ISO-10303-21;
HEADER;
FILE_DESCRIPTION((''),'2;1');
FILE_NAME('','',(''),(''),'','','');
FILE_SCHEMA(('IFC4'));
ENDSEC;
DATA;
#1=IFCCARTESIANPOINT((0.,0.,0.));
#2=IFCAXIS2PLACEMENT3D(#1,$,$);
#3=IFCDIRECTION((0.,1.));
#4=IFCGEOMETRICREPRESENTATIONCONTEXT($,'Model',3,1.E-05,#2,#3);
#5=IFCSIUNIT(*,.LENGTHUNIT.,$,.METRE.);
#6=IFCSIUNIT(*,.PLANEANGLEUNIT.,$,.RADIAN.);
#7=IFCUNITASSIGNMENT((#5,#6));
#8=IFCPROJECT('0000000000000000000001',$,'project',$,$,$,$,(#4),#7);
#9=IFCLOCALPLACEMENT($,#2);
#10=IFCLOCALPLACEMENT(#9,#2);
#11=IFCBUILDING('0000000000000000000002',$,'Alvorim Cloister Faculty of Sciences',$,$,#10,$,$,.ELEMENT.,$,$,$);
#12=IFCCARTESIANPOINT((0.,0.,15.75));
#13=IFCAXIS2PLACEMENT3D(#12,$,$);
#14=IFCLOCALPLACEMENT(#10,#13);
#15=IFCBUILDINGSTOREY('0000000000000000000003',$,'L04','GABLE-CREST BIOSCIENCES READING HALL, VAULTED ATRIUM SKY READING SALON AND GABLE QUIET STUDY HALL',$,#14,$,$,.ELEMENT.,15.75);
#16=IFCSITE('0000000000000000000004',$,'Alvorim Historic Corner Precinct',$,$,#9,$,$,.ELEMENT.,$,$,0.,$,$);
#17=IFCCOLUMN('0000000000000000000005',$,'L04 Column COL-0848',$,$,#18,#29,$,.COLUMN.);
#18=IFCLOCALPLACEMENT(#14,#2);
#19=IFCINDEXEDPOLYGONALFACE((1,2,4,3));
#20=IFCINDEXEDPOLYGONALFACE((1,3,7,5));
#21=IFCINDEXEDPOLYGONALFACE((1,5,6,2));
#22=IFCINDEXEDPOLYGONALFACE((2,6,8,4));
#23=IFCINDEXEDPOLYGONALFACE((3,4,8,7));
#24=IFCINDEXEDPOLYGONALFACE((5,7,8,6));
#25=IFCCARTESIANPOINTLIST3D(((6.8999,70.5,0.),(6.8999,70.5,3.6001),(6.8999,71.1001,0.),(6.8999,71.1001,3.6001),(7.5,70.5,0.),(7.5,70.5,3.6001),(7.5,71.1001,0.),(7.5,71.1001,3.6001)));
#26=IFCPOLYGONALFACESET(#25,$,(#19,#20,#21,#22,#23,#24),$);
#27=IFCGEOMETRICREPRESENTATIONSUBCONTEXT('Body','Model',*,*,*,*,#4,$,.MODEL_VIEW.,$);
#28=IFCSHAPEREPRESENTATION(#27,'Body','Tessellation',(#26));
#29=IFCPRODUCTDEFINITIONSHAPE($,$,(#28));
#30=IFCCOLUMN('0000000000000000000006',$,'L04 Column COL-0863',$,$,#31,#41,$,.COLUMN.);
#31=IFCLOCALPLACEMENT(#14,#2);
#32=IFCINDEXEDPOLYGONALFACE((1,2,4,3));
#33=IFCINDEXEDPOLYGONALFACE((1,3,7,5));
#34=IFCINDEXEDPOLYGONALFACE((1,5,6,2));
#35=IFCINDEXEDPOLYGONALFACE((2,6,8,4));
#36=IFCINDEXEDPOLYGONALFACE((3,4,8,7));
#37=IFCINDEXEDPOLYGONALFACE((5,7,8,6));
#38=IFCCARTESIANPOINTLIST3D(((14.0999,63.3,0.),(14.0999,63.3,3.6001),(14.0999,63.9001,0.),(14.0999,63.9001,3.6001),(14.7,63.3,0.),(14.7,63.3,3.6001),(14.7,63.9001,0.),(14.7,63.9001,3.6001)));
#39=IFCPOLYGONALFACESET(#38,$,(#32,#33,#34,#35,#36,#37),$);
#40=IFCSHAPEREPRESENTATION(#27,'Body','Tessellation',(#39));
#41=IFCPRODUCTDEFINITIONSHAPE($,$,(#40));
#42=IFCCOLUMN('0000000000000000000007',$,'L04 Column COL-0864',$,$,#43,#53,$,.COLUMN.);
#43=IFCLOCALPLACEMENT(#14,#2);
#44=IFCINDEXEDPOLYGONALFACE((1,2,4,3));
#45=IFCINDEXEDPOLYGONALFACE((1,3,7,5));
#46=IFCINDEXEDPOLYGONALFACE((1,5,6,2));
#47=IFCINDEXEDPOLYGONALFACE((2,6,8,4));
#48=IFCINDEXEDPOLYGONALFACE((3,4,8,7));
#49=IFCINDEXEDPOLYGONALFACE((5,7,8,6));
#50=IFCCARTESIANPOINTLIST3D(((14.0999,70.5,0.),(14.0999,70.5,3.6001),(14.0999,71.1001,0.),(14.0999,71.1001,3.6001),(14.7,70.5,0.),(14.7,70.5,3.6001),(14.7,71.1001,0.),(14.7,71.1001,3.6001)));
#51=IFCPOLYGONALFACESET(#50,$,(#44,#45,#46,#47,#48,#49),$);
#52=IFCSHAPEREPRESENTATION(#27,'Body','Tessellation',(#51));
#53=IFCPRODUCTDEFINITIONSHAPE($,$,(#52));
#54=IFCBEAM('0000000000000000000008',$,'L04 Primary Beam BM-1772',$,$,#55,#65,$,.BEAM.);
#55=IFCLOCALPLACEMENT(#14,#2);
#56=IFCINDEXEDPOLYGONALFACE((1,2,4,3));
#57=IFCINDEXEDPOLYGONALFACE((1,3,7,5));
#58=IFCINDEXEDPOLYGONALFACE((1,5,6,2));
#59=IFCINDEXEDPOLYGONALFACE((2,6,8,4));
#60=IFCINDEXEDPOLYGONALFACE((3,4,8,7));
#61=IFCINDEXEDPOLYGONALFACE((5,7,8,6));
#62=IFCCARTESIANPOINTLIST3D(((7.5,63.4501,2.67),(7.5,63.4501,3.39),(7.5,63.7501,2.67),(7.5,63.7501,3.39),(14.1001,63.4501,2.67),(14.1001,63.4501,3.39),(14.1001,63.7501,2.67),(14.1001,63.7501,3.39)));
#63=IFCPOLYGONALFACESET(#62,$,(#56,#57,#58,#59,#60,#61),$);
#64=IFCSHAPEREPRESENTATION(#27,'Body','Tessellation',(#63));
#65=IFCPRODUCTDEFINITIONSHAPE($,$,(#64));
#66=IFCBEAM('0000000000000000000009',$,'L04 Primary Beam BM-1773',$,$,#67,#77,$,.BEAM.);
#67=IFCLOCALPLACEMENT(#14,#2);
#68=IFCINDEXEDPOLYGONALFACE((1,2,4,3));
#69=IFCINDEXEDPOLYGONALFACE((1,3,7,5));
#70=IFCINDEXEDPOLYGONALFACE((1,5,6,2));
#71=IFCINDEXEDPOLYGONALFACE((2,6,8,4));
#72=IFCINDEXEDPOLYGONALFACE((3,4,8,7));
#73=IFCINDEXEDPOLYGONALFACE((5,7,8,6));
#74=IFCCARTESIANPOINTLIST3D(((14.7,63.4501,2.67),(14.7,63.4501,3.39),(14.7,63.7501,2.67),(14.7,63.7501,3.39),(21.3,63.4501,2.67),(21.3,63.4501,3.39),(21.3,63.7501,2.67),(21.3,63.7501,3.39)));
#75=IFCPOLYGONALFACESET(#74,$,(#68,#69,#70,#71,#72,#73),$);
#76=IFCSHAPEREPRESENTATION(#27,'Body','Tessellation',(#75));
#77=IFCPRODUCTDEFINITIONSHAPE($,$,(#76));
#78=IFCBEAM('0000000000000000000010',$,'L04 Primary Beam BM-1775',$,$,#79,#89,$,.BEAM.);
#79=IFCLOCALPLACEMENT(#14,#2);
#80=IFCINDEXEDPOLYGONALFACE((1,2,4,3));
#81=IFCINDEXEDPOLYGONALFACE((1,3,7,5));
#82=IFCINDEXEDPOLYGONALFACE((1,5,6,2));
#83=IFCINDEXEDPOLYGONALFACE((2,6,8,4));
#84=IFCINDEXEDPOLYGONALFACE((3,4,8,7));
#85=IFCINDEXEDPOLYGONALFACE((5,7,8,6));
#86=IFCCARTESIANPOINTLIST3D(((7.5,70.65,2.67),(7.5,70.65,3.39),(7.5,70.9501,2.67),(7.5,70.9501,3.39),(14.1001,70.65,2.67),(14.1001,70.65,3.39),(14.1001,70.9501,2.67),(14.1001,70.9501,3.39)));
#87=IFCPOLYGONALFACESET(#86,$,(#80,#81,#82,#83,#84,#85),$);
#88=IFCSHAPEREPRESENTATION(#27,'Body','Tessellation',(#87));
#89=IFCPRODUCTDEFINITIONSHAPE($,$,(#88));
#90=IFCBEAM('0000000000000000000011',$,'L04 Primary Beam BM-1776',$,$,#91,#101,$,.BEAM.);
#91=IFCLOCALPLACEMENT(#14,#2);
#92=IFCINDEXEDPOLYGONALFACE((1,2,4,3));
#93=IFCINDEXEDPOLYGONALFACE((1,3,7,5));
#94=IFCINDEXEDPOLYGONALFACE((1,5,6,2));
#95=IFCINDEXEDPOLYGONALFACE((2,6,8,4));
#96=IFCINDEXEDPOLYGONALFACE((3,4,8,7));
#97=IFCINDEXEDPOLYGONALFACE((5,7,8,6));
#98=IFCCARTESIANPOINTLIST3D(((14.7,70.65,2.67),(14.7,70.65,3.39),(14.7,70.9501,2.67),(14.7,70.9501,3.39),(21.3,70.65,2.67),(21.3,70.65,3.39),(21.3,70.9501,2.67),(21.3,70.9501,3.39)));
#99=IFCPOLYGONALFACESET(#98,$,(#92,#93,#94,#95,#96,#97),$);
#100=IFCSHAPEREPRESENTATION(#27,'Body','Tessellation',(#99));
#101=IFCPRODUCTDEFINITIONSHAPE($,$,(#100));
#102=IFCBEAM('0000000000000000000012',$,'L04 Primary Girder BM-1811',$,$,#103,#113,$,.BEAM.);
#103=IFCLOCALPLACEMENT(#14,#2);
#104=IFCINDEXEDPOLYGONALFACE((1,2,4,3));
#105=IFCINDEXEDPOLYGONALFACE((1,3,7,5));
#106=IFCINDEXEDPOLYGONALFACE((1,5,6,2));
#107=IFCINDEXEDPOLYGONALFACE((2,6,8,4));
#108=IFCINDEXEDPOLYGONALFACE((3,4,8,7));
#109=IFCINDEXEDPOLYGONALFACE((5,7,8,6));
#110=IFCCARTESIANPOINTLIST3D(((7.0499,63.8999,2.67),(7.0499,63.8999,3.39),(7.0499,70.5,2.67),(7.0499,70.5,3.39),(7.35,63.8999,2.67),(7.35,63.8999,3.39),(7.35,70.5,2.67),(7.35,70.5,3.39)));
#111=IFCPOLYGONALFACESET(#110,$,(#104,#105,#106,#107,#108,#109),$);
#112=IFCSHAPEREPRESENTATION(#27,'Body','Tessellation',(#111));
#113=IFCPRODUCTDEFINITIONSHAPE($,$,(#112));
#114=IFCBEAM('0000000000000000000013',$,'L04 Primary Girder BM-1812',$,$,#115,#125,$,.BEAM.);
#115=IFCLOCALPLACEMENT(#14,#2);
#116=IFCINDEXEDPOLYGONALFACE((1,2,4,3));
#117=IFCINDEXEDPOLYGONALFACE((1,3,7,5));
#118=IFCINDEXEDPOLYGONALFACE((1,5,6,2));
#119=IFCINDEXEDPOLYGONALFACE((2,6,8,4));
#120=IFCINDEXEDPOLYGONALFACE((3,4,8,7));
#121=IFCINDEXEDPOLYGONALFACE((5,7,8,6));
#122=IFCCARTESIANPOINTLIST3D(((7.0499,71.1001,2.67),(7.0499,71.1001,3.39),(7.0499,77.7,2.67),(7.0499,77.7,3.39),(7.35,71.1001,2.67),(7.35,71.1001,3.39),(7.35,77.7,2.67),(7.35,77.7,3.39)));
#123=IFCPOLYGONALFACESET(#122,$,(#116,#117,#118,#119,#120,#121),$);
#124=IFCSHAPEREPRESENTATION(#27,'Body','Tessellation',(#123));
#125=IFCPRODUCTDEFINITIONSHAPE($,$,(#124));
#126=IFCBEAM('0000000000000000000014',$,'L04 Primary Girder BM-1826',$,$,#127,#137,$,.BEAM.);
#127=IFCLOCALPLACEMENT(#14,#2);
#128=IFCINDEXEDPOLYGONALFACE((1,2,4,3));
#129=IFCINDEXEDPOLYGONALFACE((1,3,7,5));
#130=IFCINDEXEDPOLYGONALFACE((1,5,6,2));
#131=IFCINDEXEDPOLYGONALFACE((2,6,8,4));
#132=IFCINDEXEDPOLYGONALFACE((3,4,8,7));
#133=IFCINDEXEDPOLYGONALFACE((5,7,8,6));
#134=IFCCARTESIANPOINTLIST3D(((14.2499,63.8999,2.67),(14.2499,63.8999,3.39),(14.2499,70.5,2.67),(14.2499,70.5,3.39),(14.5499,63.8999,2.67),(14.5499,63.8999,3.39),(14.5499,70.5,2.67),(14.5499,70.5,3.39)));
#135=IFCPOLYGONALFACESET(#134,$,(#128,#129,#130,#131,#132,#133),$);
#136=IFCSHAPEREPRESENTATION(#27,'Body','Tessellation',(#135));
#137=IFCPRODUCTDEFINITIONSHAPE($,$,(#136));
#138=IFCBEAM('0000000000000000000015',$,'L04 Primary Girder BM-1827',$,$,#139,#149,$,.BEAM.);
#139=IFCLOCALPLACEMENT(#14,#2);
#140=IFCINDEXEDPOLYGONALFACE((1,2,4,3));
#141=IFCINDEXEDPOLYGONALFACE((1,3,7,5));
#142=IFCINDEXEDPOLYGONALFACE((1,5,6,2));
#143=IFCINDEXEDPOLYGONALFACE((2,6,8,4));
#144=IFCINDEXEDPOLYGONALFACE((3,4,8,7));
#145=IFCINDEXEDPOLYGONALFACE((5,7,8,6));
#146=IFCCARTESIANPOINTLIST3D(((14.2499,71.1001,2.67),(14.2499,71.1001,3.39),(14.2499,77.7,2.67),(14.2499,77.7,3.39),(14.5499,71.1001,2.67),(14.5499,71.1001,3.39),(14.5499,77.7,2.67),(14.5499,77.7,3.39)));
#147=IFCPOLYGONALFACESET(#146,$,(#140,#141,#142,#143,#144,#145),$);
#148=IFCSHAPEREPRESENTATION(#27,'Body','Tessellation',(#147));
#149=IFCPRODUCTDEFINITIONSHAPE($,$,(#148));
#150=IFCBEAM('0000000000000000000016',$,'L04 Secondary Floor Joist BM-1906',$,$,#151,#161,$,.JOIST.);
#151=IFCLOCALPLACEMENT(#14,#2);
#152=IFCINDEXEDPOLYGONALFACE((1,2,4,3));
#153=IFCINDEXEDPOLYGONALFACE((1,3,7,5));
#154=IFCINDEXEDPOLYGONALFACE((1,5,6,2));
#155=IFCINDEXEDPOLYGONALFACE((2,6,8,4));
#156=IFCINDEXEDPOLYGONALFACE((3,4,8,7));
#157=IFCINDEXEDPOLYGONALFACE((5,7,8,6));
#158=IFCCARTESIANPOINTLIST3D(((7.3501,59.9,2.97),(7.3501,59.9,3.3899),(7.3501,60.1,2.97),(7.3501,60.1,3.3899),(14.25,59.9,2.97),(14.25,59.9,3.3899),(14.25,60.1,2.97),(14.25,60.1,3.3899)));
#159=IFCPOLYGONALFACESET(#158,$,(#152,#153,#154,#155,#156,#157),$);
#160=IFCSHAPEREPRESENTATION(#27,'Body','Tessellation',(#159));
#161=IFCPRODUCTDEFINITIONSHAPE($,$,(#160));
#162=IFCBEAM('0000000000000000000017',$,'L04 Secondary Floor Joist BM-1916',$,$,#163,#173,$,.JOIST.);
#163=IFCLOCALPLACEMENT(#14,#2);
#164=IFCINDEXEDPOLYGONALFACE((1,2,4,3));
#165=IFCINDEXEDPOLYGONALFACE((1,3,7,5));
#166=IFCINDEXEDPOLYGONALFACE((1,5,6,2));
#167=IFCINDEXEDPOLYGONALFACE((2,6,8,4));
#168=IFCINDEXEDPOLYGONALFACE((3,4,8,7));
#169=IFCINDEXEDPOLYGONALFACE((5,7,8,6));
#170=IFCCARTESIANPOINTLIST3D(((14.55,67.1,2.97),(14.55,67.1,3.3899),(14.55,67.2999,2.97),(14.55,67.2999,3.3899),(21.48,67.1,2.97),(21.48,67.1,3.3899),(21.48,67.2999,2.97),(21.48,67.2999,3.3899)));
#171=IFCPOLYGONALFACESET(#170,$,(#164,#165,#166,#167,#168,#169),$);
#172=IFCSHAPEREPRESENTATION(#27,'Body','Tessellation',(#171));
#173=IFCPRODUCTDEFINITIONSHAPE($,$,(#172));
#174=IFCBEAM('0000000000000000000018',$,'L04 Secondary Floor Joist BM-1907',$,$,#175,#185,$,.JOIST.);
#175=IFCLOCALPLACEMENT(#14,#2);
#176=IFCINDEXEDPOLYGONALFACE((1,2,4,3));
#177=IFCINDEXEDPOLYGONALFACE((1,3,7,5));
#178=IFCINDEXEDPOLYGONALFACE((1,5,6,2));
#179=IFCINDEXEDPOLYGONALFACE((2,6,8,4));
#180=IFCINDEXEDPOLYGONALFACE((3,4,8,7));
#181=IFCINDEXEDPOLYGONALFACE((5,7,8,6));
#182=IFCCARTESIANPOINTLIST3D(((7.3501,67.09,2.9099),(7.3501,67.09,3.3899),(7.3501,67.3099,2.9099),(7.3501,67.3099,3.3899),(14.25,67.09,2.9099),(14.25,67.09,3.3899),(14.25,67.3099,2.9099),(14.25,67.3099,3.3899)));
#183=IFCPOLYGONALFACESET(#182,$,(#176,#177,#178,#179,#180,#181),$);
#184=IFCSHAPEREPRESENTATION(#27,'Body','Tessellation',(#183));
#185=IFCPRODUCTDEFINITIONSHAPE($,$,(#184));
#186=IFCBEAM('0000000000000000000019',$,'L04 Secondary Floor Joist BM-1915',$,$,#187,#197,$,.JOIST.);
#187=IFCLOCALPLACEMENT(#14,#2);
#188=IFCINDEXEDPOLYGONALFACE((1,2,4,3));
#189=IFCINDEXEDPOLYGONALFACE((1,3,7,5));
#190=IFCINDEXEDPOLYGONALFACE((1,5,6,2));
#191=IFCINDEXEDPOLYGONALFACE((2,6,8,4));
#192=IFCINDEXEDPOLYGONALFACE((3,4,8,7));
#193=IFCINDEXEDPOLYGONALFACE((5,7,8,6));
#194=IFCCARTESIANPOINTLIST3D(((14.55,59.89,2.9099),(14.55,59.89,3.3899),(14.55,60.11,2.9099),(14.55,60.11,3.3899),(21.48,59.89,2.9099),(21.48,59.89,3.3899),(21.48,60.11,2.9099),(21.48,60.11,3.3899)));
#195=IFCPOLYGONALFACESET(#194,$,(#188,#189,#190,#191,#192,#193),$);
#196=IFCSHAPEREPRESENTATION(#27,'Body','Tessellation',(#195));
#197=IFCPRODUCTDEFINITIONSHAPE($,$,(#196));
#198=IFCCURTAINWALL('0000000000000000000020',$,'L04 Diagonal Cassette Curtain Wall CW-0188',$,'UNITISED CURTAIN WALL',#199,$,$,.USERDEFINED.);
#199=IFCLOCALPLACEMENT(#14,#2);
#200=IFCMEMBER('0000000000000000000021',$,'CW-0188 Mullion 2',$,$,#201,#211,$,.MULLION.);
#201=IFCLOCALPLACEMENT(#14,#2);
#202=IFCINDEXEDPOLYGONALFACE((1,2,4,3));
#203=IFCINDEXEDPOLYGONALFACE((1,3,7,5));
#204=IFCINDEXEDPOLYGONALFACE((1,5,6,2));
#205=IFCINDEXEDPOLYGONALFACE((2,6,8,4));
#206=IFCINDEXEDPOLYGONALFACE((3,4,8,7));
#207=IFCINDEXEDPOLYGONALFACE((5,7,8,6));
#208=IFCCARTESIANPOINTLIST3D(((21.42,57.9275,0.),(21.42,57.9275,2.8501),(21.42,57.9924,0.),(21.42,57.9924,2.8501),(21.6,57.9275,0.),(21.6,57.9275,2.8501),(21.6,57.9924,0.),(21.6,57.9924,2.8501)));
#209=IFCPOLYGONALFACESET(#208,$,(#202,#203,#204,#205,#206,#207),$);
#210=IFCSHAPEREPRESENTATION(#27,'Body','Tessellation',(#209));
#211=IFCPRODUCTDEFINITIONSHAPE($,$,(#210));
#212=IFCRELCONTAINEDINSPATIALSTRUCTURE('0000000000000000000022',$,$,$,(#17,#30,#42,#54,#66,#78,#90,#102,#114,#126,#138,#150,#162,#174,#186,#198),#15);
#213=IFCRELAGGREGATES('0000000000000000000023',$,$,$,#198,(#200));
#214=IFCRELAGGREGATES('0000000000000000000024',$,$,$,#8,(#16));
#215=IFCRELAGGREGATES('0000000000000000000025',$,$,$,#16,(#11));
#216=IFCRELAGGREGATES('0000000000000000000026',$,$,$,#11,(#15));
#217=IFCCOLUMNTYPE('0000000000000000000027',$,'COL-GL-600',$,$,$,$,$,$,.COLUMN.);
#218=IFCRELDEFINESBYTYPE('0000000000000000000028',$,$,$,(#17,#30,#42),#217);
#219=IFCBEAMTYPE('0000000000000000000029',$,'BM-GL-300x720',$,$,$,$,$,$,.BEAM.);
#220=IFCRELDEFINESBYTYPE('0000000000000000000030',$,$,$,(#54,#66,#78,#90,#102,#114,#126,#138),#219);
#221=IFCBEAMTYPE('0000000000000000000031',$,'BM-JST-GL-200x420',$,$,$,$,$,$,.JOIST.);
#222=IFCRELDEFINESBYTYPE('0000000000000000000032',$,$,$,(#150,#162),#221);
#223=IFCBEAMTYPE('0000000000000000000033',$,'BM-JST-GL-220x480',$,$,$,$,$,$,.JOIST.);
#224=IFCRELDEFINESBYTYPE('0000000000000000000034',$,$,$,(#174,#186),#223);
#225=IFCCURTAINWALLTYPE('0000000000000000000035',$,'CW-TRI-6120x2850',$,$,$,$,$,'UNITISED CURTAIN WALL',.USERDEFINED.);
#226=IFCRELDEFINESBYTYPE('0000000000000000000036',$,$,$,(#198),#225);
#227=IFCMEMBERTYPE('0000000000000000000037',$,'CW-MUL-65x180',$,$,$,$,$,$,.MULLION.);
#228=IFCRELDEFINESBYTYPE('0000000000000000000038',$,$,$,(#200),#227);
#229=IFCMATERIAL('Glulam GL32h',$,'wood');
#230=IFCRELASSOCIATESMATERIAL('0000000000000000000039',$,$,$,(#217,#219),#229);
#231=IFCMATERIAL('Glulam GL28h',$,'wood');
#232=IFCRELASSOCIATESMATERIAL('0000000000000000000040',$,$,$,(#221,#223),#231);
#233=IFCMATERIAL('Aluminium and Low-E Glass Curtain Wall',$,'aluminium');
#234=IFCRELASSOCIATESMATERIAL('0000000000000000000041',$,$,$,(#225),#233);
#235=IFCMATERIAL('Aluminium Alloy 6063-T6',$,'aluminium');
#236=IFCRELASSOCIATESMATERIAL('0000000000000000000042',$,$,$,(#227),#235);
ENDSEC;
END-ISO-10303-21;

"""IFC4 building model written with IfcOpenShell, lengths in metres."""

from ifc_helpers import new_model, si_unit, direction, frame, origin, origin_2d, place, context, subcontext, project, spatial, rectangle, extrude, material, material_profile, profile_set, type_object, element, aggregate, save


model = new_model("IFC4")

# Units and contexts
model_context = context("Model", 3, precision=1e-05, world=origin(), true_north=direction((0.0, 1.0)))
body_context = subcontext(model_context, "Body", "Model", "MODEL_VIEW")
ifc_project = project(units=[si_unit("LENGTHUNIT", "METRE"), si_unit("PLANEANGLEUNIT", "RADIAN")], contexts=[model_context])

# Site, building, storey
site_placement = place(None, origin())
site = spatial("IfcSite", under=ifc_project, at=site_placement, Name="Alvorim Historic Corner Precinct", CompositionType="ELEMENT", RefElevation=0.0)
building_placement = place(site_placement, origin())
building = spatial("IfcBuilding", under=site, at=building_placement, Name="Alvorim Cloister Faculty of Sciences", CompositionType="ELEMENT")
storey_placement = place(building_placement, frame((0.0, 0.0, 15.75)))
storey = spatial("IfcBuildingStorey", under=building, at=storey_placement, Name="L04", Description="GABLE-CREST BIOSCIENCES READING HALL, VAULTED ATRIUM SKY READING SALON AND GABLE QUIET STUDY HALL", CompositionType="ELEMENT", Elevation=15.75)

# Columns
ifc_material_1 = material(Name="Glulam GL32h", Category="wood")
ifc_material_profile_1 = material_profile(ifc_material_1, rectangle(XDim=0.6001, YDim=0.6001, at=origin_2d()), Name="GL32-COL-600x600")
ifc_profile_set_1 = profile_set([ifc_material_profile_1], Name="Glulam GL32h")
column_type = type_object("IfcColumnType", Name="COL-GL-600", PredefinedType="COLUMN", material=ifc_profile_set_1)
for number, where, z_axis, x_axis, name in (
    (1, (7.2, 70.8, 0.0), (0.0, 0.0, 1.0), (1.0, 0.0, 0.0), "L04 Column COL-0848"),
    (2, (14.3999, 63.6001, 0.0), (0.0, 0.0, 1.0), (1.0, 0.0, 0.0), "L04 Column COL-0863"),
    (3, (14.3999, 70.8, 0.0), (0.0, 0.0, 1.0), (1.0, 0.0, 0.0), "L04 Column COL-0864"),
):
    element("IfcColumn", number, at=place(storey_placement, frame(where, z_axis=z_axis, x_axis=x_axis)), inside=storey, type_object=column_type, Name=name, PredefinedType="COLUMN", context=body_context, shape_type="SweptSolid", body=[
        extrude(rectangle(XDim=0.6001, YDim=0.6001, at=origin_2d()), origin(), (0.0, 0.0, 1.0), 3.6001),
    ])

# Beams
ifc_material_profile_2 = material_profile(ifc_material_1, rectangle(XDim=0.3, YDim=0.72, at=origin_2d()), Name="GL32-BM-300x720")
ifc_profile_set_2 = profile_set([ifc_material_profile_2], Name="Glulam GL32h")
beam_type_1 = type_object("IfcBeamType", Name="BM-GL-300x720", PredefinedType="BEAM", material=ifc_profile_set_2)
for number, where, z_axis, x_axis, name in (
    (4, (7.5, 63.6001, 3.03), (1.0, 0.0, 0.0), (0.0, 1.0, 0.0), "L04 Primary Beam BM-1772"),
    (5, (14.7, 63.6001, 3.03), (1.0, 0.0, 0.0), (0.0, 1.0, 0.0), "L04 Primary Beam BM-1773"),
    (6, (7.5, 70.8, 3.03), (1.0, 0.0, 0.0), (0.0, 1.0, 0.0), "L04 Primary Beam BM-1775"),
    (7, (14.7, 70.8, 3.03), (1.0, 0.0, 0.0), (0.0, 1.0, 0.0), "L04 Primary Beam BM-1776"),
    (8, (7.2, 63.8999, 3.03), (0.0, 1.0, 0.0), (-1.0, 0.0, 0.0), "L04 Primary Girder BM-1811"),
):
    element("IfcBeam", number, at=place(storey_placement, frame(where, z_axis=z_axis, x_axis=x_axis)), inside=storey, type_object=beam_type_1, Name=name, PredefinedType="BEAM", context=body_context, shape_type="SweptSolid", body=[
        extrude(rectangle(XDim=0.3, YDim=0.72, at=origin_2d()), origin(), (0.0, 0.0, 1.0), 6.6001),
    ])
beam_1_placement = place(storey_placement, frame((7.2, 71.1001, 3.03), z_axis=(0.0, 1.0, 0.0), x_axis=(-1.0, 0.0, 0.0)))
element("IfcBeam", 9, at=beam_1_placement, inside=storey, type_object=beam_type_1, Name="L04 Primary Girder BM-1812", PredefinedType="BEAM", context=body_context, shape_type="SweptSolid", body=[
    extrude(rectangle(XDim=0.3, YDim=0.72, at=origin_2d()), origin(), (0.0, 0.0, 1.0), 6.5999),
])
beam_2_placement = place(storey_placement, frame((14.3999, 63.8999, 3.03), z_axis=(0.0, 1.0, 0.0), x_axis=(-1.0, 0.0, 0.0)))
element("IfcBeam", 10, at=beam_2_placement, inside=storey, type_object=beam_type_1, Name="L04 Primary Girder BM-1826", PredefinedType="BEAM", context=body_context, shape_type="SweptSolid", body=[
    extrude(rectangle(XDim=0.3, YDim=0.72, at=origin_2d()), origin(), (0.0, 0.0, 1.0), 6.6001),
])
beam_3_placement = place(storey_placement, frame((14.3999, 71.1001, 3.03), z_axis=(0.0, 1.0, 0.0), x_axis=(-1.0, 0.0, 0.0)))
element("IfcBeam", 11, at=beam_3_placement, inside=storey, type_object=beam_type_1, Name="L04 Primary Girder BM-1827", PredefinedType="BEAM", context=body_context, shape_type="SweptSolid", body=[
    extrude(rectangle(XDim=0.3, YDim=0.72, at=origin_2d()), origin(), (0.0, 0.0, 1.0), 6.5999),
])
ifc_material_2 = material(Name="Glulam GL28h", Category="wood")
ifc_material_profile_3 = material_profile(ifc_material_2, rectangle(XDim=0.2, YDim=0.4199, at=origin_2d()), Name="GL28-JST-200x420")
ifc_profile_set_3 = profile_set([ifc_material_profile_3], Name="Glulam GL28h")
beam_type_2 = type_object("IfcBeamType", Name="BM-JST-GL-200x420", PredefinedType="JOIST", material=ifc_profile_set_3)
beam_4_placement = place(storey_placement, frame((7.3501, 60.0, 3.1799), z_axis=(1.0, 0.0, 0.0), x_axis=(0.0, 1.0, 0.0)))
element("IfcBeam", 12, at=beam_4_placement, inside=storey, type_object=beam_type_2, Name="L04 Secondary Floor Joist BM-1906", PredefinedType="JOIST", context=body_context, shape_type="SweptSolid", body=[
    extrude(rectangle(XDim=0.2, YDim=0.4199, at=origin_2d()), origin(), (0.0, 0.0, 1.0), 6.8999),
])
beam_5_placement = place(storey_placement, frame((14.55, 67.2, 3.1799), z_axis=(1.0, 0.0, 0.0), x_axis=(0.0, 1.0, 0.0)))
element("IfcBeam", 13, at=beam_5_placement, inside=storey, type_object=beam_type_2, Name="L04 Secondary Floor Joist BM-1916", PredefinedType="JOIST", context=body_context, shape_type="SweptSolid", body=[
    extrude(rectangle(XDim=0.2, YDim=0.4199, at=origin_2d()), origin(), (0.0, 0.0, 1.0), 6.9299),
])
ifc_material_profile_4 = material_profile(ifc_material_2, rectangle(XDim=0.22, YDim=0.48, at=origin_2d()), Name="GL28-JST-220x480")
ifc_profile_set_4 = profile_set([ifc_material_profile_4], Name="Glulam GL28h")
beam_type_3 = type_object("IfcBeamType", Name="BM-JST-GL-220x480", PredefinedType="JOIST", material=ifc_profile_set_4)
beam_6_placement = place(storey_placement, frame((7.3501, 67.2, 3.1499), z_axis=(1.0, 0.0, 0.0), x_axis=(0.0, 1.0, 0.0)))
element("IfcBeam", 14, at=beam_6_placement, inside=storey, type_object=beam_type_3, Name="L04 Secondary Floor Joist BM-1907", PredefinedType="JOIST", context=body_context, shape_type="SweptSolid", body=[
    extrude(rectangle(XDim=0.22, YDim=0.48, at=origin_2d()), origin(), (0.0, 0.0, 1.0), 6.8999),
])
beam_7_placement = place(storey_placement, frame((14.55, 60.0, 3.1499), z_axis=(1.0, 0.0, 0.0), x_axis=(0.0, 1.0, 0.0)))
element("IfcBeam", 15, at=beam_7_placement, inside=storey, type_object=beam_type_3, Name="L04 Secondary Floor Joist BM-1915", PredefinedType="JOIST", context=body_context, shape_type="SweptSolid", body=[
    extrude(rectangle(XDim=0.22, YDim=0.48, at=origin_2d()), origin(), (0.0, 0.0, 1.0), 6.9299),
])

# Curtain wall, member
ifc_material_3 = material(Name="Aluminium and Low-E Glass Curtain Wall", Category="aluminium")
curtain_wall_type = type_object("IfcCurtainWallType", Name="CW-TRI-6120x2850", ElementType="UNITISED CURTAIN WALL", PredefinedType="USERDEFINED", material=ifc_material_3)
curtain_wall_placement = place(storey_placement, origin())
curtain_wall = element("IfcCurtainWall", 16, at=curtain_wall_placement, inside=storey, type_object=curtain_wall_type, Name="L04 Diagonal Cassette Curtain Wall CW-0188", ObjectType="UNITISED CURTAIN WALL", PredefinedType="USERDEFINED")
ifc_material_4 = material(Name="Aluminium Alloy 6063-T6", Category="aluminium")
ifc_material_profile_5 = material_profile(ifc_material_4, rectangle(XDim=0.0649, YDim=0.1799, at=origin_2d()), Name="ALU-MUL-65x180")
ifc_profile_set_5 = profile_set([ifc_material_profile_5], Name="Aluminium Alloy 6063-T6")
member_type_1 = type_object("IfcMemberType", Name="CW-MUL-65x180", PredefinedType="MULLION", material=ifc_profile_set_5)
member_1_placement = place(storey_placement, frame((21.51, 57.96, 0.0), z_axis=(0.0, 0.0, 1.0), x_axis=(0.0, 1.0, 0.0)))
member_1 = element("IfcMember", 17, at=member_1_placement, type_object=member_type_1, Name="CW-0188 Mullion 2", PredefinedType="MULLION", context=body_context, shape_type="SweptSolid", body=[
    extrude(rectangle(XDim=0.0649, YDim=0.1799, at=origin_2d()), origin(), (0.0, 0.0, 1.0), 2.8501),
])
aggregate(curtain_wall, [member_1])

save(model, "model.ifc")
